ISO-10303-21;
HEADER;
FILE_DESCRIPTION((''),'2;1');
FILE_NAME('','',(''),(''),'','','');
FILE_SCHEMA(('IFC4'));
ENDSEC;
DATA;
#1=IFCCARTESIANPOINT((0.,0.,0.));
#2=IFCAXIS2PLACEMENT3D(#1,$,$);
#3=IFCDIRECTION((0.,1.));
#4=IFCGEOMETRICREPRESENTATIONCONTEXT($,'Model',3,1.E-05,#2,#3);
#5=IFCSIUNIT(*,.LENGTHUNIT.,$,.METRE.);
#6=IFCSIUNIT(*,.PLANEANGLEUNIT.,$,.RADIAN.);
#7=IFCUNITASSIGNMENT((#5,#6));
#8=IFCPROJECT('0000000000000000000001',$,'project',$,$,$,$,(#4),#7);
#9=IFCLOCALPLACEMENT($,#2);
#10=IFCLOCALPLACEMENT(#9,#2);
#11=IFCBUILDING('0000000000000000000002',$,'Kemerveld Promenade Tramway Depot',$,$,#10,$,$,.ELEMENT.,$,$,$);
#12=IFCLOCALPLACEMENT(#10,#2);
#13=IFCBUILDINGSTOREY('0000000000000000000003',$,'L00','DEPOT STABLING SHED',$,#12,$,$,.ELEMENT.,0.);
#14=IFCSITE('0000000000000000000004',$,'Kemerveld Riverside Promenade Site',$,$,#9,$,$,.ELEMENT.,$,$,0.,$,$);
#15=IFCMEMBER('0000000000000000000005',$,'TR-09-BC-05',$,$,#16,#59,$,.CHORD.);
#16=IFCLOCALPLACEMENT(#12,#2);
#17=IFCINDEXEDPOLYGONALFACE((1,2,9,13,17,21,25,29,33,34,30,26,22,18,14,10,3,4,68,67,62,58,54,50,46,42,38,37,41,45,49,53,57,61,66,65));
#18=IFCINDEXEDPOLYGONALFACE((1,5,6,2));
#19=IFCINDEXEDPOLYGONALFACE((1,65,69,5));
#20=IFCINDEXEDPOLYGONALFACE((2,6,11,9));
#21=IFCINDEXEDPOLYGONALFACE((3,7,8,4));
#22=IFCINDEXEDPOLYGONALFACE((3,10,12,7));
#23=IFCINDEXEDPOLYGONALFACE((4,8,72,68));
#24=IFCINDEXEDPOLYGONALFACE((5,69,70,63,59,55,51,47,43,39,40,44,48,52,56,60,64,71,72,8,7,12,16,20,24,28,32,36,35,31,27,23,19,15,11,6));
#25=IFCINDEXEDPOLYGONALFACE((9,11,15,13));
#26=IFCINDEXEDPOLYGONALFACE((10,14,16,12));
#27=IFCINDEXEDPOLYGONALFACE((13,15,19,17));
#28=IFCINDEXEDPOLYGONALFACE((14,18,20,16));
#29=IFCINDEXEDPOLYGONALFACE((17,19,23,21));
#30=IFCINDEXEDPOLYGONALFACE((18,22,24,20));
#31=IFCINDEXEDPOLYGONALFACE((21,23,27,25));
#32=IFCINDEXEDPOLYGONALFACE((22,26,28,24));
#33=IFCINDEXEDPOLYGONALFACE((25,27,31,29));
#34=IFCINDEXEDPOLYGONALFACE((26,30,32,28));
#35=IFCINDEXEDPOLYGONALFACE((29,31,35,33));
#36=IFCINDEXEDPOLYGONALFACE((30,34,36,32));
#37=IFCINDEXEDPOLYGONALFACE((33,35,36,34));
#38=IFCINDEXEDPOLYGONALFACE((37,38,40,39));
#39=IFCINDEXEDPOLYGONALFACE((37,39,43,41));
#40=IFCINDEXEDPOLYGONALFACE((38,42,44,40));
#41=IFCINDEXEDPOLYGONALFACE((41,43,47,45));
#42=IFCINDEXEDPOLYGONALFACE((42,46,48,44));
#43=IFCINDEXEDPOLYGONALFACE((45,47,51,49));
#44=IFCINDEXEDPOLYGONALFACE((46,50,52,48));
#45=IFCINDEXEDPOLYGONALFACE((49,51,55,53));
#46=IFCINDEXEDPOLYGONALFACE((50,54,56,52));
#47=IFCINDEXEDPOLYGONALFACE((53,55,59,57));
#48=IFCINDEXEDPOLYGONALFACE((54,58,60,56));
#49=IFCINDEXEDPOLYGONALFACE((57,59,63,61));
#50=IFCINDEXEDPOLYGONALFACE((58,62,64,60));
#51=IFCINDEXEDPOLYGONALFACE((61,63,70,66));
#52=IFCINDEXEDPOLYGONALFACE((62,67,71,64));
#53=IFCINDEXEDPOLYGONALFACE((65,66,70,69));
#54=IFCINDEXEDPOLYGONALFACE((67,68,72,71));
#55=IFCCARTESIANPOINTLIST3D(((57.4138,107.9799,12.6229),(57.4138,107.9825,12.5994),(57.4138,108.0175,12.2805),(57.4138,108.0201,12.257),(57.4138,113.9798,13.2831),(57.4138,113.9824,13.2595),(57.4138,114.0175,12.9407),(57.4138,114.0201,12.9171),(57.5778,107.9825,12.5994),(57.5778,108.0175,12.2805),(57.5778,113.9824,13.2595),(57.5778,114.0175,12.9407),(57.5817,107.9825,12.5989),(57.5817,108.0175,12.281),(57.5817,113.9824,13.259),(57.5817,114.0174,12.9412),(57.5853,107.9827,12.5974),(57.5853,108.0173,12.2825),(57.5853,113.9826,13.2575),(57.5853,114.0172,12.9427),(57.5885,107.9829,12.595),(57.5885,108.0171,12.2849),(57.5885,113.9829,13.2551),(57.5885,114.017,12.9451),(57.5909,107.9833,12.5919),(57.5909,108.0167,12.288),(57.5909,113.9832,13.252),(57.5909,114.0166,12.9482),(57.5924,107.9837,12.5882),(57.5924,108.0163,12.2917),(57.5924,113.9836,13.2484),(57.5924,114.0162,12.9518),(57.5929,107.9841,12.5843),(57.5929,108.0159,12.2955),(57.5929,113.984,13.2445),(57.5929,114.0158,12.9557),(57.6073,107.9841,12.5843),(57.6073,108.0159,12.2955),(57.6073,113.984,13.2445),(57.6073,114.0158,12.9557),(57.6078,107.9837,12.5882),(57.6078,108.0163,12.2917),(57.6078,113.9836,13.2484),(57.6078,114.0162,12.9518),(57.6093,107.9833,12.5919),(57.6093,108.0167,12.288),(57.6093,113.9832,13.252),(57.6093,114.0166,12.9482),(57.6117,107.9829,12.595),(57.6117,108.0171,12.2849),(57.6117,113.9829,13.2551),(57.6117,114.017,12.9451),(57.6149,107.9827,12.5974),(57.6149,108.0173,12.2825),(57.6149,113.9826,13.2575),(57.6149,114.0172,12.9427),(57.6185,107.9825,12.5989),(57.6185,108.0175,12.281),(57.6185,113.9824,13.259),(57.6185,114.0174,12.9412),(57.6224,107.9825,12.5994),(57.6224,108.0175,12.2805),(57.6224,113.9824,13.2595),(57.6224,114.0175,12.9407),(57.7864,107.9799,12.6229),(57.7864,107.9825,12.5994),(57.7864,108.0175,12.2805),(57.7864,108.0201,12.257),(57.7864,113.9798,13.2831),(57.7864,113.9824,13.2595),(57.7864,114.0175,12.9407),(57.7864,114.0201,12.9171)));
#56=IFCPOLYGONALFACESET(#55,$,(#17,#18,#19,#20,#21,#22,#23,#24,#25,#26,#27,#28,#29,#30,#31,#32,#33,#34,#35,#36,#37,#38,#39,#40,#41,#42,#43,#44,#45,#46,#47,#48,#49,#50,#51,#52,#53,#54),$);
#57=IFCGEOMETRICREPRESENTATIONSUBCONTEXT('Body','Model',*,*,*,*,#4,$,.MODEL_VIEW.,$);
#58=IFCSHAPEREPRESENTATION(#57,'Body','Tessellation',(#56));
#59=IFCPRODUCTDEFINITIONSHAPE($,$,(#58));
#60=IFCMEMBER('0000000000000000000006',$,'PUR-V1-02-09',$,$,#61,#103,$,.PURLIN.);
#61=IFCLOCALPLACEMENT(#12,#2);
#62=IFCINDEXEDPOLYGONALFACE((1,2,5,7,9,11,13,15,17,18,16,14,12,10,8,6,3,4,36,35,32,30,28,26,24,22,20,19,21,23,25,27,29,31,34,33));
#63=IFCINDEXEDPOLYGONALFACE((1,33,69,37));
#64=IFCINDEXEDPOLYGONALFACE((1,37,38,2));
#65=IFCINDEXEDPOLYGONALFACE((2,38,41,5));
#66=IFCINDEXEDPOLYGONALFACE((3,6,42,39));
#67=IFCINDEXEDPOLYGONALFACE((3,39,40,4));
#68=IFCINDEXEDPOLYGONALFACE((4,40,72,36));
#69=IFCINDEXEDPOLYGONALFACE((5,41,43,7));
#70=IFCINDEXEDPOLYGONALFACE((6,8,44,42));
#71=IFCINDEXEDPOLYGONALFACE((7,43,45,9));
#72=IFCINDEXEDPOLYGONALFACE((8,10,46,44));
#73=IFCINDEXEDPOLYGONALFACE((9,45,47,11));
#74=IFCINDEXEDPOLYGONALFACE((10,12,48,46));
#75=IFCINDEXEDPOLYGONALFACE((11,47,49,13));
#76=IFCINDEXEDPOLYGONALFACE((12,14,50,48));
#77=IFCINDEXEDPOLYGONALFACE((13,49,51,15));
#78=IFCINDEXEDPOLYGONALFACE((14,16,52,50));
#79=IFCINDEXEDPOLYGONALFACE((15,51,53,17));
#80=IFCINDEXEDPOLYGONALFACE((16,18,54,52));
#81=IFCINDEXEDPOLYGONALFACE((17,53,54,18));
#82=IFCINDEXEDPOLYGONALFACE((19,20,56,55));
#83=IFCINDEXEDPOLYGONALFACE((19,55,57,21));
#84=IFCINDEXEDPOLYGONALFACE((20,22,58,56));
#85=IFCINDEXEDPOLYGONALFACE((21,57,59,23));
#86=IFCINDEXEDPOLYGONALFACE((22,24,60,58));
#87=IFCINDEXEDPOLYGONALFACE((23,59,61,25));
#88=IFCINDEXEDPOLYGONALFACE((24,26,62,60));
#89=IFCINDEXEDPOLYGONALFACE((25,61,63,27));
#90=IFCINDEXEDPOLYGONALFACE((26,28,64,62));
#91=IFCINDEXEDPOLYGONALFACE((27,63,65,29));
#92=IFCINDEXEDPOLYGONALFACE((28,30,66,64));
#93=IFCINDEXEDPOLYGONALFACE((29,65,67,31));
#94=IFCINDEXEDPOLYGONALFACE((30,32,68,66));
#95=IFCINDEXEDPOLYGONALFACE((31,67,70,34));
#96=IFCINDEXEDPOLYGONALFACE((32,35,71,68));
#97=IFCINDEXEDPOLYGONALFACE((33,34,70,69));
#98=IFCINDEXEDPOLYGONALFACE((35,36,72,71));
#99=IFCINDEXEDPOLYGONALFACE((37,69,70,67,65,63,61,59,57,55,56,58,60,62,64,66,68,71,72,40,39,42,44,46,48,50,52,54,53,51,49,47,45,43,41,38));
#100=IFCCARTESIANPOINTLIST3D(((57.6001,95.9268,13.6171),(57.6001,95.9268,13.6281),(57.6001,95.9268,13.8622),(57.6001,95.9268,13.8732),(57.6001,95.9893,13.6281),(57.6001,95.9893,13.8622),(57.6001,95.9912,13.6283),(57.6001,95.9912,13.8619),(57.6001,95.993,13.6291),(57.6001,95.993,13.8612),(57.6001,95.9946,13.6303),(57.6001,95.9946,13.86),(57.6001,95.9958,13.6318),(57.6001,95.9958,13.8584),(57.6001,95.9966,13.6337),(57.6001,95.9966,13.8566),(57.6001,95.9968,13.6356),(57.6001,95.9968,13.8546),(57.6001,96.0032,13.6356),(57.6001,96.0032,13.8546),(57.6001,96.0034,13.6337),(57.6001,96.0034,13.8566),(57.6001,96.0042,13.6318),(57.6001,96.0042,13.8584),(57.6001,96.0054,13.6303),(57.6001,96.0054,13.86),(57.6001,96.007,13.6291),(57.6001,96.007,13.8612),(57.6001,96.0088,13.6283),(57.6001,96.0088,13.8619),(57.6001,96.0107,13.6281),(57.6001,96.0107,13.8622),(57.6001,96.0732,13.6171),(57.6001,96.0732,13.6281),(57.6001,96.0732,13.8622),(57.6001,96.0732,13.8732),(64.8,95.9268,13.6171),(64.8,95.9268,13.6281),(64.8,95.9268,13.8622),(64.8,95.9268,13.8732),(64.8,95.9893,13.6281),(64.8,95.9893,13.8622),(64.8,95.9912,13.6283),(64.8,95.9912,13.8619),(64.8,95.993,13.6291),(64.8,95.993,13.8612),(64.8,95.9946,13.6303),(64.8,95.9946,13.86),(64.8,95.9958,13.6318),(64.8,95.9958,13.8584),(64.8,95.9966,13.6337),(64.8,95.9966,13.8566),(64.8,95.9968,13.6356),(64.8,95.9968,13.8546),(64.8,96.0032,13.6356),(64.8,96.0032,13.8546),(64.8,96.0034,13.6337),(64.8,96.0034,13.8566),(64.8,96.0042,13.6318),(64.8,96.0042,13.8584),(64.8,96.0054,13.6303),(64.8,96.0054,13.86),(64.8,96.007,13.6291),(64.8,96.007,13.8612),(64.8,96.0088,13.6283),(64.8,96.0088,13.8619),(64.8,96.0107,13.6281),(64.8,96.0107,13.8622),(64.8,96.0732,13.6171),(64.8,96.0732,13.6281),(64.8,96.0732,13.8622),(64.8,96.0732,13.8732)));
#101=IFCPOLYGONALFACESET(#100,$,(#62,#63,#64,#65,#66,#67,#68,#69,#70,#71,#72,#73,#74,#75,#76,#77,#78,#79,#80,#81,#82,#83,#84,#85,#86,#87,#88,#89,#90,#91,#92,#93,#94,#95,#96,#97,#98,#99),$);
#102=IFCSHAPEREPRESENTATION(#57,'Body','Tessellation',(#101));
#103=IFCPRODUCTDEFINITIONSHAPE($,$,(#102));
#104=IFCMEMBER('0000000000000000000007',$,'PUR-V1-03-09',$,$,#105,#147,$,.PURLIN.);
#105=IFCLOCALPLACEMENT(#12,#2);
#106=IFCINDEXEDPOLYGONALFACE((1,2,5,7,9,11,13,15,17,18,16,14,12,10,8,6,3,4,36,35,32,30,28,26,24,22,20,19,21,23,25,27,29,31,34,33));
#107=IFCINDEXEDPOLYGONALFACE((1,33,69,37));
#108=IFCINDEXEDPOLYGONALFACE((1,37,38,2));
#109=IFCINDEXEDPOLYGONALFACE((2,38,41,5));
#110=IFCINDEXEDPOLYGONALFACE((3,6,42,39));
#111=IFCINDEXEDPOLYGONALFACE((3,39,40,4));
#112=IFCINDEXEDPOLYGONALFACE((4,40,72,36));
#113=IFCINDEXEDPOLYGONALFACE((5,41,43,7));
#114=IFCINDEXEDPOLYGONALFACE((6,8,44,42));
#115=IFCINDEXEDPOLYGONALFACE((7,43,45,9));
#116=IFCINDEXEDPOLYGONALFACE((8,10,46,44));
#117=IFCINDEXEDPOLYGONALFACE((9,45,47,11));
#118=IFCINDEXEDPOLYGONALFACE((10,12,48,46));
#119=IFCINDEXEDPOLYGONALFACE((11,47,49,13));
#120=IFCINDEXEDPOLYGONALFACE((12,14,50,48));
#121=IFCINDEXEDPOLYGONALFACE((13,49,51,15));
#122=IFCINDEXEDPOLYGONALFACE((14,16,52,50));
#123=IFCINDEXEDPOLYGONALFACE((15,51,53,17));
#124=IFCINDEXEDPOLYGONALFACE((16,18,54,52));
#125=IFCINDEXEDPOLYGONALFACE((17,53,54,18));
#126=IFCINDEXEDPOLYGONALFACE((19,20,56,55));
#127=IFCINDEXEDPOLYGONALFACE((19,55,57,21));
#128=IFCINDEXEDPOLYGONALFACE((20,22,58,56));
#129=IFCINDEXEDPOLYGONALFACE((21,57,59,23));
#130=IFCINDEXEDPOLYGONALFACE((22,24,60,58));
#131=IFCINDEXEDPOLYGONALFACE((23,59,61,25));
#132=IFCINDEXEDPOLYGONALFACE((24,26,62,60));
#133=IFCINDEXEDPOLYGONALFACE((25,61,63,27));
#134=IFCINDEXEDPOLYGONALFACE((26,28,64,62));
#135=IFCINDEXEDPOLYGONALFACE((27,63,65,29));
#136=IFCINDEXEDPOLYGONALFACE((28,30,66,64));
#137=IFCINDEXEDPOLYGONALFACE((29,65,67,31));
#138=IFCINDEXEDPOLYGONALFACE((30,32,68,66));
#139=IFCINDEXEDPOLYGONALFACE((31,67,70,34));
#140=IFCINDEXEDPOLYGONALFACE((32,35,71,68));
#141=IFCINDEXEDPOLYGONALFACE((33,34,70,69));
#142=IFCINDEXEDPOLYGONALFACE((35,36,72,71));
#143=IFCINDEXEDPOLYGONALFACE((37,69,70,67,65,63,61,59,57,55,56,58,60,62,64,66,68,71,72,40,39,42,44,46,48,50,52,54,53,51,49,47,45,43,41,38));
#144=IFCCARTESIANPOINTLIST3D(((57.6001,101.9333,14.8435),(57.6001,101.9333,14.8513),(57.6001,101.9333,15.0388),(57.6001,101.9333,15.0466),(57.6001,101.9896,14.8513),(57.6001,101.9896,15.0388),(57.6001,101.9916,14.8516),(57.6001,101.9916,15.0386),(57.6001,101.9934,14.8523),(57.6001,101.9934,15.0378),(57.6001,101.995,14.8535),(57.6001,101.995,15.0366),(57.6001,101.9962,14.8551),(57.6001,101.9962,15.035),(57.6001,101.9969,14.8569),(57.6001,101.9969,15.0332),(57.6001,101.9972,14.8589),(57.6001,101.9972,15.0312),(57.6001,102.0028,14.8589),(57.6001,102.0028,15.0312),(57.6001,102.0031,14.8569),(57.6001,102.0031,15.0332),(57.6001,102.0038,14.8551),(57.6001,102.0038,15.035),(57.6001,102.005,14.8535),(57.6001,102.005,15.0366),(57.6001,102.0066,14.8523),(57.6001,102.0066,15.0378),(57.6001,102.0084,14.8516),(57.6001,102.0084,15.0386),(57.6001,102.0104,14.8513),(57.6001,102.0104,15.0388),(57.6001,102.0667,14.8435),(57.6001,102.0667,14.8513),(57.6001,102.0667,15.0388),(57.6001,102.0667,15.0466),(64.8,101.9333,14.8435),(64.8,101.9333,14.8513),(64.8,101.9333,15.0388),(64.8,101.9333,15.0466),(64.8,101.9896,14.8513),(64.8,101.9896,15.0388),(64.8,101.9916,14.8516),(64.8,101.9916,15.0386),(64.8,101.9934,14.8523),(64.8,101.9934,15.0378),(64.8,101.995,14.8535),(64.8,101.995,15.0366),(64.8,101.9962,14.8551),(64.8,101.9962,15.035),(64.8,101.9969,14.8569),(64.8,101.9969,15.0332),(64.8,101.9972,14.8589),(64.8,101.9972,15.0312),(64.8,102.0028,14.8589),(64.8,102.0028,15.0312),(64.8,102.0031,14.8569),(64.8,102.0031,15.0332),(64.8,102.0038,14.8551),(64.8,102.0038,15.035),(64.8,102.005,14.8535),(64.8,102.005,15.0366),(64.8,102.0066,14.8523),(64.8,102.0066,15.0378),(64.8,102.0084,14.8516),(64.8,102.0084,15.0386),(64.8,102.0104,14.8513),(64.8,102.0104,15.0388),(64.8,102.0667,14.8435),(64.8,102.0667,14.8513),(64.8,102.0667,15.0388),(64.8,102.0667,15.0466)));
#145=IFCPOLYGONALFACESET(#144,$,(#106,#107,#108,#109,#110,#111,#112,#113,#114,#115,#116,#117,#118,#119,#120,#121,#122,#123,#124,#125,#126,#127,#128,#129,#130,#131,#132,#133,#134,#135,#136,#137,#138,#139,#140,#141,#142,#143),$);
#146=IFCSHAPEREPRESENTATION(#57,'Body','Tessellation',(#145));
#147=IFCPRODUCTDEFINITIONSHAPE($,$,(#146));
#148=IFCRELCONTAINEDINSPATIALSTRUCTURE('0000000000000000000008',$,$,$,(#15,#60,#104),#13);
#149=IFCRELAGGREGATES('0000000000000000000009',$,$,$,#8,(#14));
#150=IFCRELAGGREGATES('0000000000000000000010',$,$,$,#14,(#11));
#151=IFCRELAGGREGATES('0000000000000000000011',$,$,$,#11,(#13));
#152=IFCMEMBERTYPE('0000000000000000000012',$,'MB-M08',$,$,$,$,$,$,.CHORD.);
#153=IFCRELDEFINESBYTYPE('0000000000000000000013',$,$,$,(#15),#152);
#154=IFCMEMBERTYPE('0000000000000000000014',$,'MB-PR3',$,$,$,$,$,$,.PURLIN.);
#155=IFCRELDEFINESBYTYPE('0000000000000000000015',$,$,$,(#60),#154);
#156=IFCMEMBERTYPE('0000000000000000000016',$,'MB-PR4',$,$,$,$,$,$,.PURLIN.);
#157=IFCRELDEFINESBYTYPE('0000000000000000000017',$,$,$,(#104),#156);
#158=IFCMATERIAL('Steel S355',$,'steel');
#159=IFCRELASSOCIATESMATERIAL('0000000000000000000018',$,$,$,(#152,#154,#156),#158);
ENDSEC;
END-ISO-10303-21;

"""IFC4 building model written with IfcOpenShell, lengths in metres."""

from ifc_helpers import new_model, si_unit, direction, frame, origin, origin_2d, place, context, subcontext, project, spatial, i_section, extrude, material, material_profile, profile_set, type_object, element, save


model = new_model("IFC4")

# Units and contexts
model_context = context("Model", 3, precision=1e-05, world=origin(), true_north=direction((0.0, 1.0)))
body_context = subcontext(model_context, "Body", "Model", "MODEL_VIEW")
ifc_project = project(units=[si_unit("LENGTHUNIT", "METRE"), si_unit("PLANEANGLEUNIT", "RADIAN")], contexts=[model_context])

# Site, building, storey
site_placement = place(None, origin())
site = spatial("IfcSite", under=ifc_project, at=site_placement, Name="Kemerveld Riverside Promenade Site", CompositionType="ELEMENT", RefElevation=0.0)
building_placement = place(site_placement, origin())
building = spatial("IfcBuilding", under=site, at=building_placement, Name="Kemerveld Promenade Tramway Depot", CompositionType="ELEMENT")
storey_placement = place(building_placement, origin())
storey = spatial("IfcBuildingStorey", under=building, at=storey_placement, Name="L00", Description="DEPOT STABLING SHED", CompositionType="ELEMENT", Elevation=0.0)

# Members
ifc_material_1 = material(Name="Steel S355", Category="steel")
ifc_material_profile_1 = material_profile(ifc_material_1, i_section(OverallWidth=0.3726, OverallDepth=0.3682, WebThickness=0.0144, FlangeThickness=0.0237, FilletRadius=0.0151, at=origin_2d()), Name="356x368x177 UC")
ifc_profile_set_1 = profile_set([ifc_material_profile_1], Name="Steel S355")
member_type_1 = type_object("IfcMemberType", Name="MB-M08", PredefinedType="CHORD", material=ifc_profile_set_1)
for number, where, z_axis, x_axis, name in (
    (1, (57.6001, 108.0, 12.4399), (0.0, 0.994002, 0.109366), (-1.0, 0.0, 0.0), "TR-09-BC-05"),
):
    element("IfcMember", number, at=place(storey_placement, frame(where, z_axis=z_axis, x_axis=x_axis)), inside=storey, type_object=member_type_1, Name=name, PredefinedType="CHORD", context=body_context, shape_type="SweptSolid", body=[
        extrude(i_section(OverallWidth=0.3726, OverallDepth=0.3682, WebThickness=0.0144, FlangeThickness=0.0237, FilletRadius=0.0151, at=origin_2d()), origin(), (0.0, 0.0, 1.0), 6.0361),
    ])
ifc_material_profile_2 = material_profile(ifc_material_1, i_section(OverallWidth=0.1465, OverallDepth=0.2561, WebThickness=0.0063, FlangeThickness=0.011, FilletRadius=0.0076, at=origin_2d()), Name="254x146x37 UB")
ifc_profile_set_2 = profile_set([ifc_material_profile_2], Name="Steel S355")
member_type_2 = type_object("IfcMemberType", Name="MB-PR3", PredefinedType="PURLIN", material=ifc_profile_set_2)
member_1_placement = place(storey_placement, frame((57.6001, 96.0, 13.7451), z_axis=(1.0, 0.0, 0.0), x_axis=(0.0, 1.0, 0.0)))
element("IfcMember", 2, at=member_1_placement, inside=storey, type_object=member_type_2, Name="PUR-V1-02-09", PredefinedType="PURLIN", context=body_context, shape_type="SweptSolid", body=[
    extrude(i_section(OverallWidth=0.1465, OverallDepth=0.2561, WebThickness=0.0063, FlangeThickness=0.011, FilletRadius=0.0076, at=origin_2d()), origin(), (0.0, 0.0, 1.0), 7.2),
])
ifc_material_profile_3 = material_profile(ifc_material_1, i_section(OverallWidth=0.1333, OverallDepth=0.2031, WebThickness=0.0056, FlangeThickness=0.0078, FilletRadius=0.0076, at=origin_2d()), Name="203x133x25 UB")
ifc_profile_set_3 = profile_set([ifc_material_profile_3], Name="Steel S355")
member_type_3 = type_object("IfcMemberType", Name="MB-PR4", PredefinedType="PURLIN", material=ifc_profile_set_3)
member_2_placement = place(storey_placement, frame((57.6001, 102.0, 14.9451), z_axis=(1.0, 0.0, 0.0), x_axis=(0.0, 1.0, 0.0)))
element("IfcMember", 3, at=member_2_placement, inside=storey, type_object=member_type_3, Name="PUR-V1-03-09", PredefinedType="PURLIN", context=body_context, shape_type="SweptSolid", body=[
    extrude(i_section(OverallWidth=0.1333, OverallDepth=0.2031, WebThickness=0.0056, FlangeThickness=0.0078, FilletRadius=0.0076, at=origin_2d()), origin(), (0.0, 0.0, 1.0), 7.2),
])

save(model, "model.ifc")
